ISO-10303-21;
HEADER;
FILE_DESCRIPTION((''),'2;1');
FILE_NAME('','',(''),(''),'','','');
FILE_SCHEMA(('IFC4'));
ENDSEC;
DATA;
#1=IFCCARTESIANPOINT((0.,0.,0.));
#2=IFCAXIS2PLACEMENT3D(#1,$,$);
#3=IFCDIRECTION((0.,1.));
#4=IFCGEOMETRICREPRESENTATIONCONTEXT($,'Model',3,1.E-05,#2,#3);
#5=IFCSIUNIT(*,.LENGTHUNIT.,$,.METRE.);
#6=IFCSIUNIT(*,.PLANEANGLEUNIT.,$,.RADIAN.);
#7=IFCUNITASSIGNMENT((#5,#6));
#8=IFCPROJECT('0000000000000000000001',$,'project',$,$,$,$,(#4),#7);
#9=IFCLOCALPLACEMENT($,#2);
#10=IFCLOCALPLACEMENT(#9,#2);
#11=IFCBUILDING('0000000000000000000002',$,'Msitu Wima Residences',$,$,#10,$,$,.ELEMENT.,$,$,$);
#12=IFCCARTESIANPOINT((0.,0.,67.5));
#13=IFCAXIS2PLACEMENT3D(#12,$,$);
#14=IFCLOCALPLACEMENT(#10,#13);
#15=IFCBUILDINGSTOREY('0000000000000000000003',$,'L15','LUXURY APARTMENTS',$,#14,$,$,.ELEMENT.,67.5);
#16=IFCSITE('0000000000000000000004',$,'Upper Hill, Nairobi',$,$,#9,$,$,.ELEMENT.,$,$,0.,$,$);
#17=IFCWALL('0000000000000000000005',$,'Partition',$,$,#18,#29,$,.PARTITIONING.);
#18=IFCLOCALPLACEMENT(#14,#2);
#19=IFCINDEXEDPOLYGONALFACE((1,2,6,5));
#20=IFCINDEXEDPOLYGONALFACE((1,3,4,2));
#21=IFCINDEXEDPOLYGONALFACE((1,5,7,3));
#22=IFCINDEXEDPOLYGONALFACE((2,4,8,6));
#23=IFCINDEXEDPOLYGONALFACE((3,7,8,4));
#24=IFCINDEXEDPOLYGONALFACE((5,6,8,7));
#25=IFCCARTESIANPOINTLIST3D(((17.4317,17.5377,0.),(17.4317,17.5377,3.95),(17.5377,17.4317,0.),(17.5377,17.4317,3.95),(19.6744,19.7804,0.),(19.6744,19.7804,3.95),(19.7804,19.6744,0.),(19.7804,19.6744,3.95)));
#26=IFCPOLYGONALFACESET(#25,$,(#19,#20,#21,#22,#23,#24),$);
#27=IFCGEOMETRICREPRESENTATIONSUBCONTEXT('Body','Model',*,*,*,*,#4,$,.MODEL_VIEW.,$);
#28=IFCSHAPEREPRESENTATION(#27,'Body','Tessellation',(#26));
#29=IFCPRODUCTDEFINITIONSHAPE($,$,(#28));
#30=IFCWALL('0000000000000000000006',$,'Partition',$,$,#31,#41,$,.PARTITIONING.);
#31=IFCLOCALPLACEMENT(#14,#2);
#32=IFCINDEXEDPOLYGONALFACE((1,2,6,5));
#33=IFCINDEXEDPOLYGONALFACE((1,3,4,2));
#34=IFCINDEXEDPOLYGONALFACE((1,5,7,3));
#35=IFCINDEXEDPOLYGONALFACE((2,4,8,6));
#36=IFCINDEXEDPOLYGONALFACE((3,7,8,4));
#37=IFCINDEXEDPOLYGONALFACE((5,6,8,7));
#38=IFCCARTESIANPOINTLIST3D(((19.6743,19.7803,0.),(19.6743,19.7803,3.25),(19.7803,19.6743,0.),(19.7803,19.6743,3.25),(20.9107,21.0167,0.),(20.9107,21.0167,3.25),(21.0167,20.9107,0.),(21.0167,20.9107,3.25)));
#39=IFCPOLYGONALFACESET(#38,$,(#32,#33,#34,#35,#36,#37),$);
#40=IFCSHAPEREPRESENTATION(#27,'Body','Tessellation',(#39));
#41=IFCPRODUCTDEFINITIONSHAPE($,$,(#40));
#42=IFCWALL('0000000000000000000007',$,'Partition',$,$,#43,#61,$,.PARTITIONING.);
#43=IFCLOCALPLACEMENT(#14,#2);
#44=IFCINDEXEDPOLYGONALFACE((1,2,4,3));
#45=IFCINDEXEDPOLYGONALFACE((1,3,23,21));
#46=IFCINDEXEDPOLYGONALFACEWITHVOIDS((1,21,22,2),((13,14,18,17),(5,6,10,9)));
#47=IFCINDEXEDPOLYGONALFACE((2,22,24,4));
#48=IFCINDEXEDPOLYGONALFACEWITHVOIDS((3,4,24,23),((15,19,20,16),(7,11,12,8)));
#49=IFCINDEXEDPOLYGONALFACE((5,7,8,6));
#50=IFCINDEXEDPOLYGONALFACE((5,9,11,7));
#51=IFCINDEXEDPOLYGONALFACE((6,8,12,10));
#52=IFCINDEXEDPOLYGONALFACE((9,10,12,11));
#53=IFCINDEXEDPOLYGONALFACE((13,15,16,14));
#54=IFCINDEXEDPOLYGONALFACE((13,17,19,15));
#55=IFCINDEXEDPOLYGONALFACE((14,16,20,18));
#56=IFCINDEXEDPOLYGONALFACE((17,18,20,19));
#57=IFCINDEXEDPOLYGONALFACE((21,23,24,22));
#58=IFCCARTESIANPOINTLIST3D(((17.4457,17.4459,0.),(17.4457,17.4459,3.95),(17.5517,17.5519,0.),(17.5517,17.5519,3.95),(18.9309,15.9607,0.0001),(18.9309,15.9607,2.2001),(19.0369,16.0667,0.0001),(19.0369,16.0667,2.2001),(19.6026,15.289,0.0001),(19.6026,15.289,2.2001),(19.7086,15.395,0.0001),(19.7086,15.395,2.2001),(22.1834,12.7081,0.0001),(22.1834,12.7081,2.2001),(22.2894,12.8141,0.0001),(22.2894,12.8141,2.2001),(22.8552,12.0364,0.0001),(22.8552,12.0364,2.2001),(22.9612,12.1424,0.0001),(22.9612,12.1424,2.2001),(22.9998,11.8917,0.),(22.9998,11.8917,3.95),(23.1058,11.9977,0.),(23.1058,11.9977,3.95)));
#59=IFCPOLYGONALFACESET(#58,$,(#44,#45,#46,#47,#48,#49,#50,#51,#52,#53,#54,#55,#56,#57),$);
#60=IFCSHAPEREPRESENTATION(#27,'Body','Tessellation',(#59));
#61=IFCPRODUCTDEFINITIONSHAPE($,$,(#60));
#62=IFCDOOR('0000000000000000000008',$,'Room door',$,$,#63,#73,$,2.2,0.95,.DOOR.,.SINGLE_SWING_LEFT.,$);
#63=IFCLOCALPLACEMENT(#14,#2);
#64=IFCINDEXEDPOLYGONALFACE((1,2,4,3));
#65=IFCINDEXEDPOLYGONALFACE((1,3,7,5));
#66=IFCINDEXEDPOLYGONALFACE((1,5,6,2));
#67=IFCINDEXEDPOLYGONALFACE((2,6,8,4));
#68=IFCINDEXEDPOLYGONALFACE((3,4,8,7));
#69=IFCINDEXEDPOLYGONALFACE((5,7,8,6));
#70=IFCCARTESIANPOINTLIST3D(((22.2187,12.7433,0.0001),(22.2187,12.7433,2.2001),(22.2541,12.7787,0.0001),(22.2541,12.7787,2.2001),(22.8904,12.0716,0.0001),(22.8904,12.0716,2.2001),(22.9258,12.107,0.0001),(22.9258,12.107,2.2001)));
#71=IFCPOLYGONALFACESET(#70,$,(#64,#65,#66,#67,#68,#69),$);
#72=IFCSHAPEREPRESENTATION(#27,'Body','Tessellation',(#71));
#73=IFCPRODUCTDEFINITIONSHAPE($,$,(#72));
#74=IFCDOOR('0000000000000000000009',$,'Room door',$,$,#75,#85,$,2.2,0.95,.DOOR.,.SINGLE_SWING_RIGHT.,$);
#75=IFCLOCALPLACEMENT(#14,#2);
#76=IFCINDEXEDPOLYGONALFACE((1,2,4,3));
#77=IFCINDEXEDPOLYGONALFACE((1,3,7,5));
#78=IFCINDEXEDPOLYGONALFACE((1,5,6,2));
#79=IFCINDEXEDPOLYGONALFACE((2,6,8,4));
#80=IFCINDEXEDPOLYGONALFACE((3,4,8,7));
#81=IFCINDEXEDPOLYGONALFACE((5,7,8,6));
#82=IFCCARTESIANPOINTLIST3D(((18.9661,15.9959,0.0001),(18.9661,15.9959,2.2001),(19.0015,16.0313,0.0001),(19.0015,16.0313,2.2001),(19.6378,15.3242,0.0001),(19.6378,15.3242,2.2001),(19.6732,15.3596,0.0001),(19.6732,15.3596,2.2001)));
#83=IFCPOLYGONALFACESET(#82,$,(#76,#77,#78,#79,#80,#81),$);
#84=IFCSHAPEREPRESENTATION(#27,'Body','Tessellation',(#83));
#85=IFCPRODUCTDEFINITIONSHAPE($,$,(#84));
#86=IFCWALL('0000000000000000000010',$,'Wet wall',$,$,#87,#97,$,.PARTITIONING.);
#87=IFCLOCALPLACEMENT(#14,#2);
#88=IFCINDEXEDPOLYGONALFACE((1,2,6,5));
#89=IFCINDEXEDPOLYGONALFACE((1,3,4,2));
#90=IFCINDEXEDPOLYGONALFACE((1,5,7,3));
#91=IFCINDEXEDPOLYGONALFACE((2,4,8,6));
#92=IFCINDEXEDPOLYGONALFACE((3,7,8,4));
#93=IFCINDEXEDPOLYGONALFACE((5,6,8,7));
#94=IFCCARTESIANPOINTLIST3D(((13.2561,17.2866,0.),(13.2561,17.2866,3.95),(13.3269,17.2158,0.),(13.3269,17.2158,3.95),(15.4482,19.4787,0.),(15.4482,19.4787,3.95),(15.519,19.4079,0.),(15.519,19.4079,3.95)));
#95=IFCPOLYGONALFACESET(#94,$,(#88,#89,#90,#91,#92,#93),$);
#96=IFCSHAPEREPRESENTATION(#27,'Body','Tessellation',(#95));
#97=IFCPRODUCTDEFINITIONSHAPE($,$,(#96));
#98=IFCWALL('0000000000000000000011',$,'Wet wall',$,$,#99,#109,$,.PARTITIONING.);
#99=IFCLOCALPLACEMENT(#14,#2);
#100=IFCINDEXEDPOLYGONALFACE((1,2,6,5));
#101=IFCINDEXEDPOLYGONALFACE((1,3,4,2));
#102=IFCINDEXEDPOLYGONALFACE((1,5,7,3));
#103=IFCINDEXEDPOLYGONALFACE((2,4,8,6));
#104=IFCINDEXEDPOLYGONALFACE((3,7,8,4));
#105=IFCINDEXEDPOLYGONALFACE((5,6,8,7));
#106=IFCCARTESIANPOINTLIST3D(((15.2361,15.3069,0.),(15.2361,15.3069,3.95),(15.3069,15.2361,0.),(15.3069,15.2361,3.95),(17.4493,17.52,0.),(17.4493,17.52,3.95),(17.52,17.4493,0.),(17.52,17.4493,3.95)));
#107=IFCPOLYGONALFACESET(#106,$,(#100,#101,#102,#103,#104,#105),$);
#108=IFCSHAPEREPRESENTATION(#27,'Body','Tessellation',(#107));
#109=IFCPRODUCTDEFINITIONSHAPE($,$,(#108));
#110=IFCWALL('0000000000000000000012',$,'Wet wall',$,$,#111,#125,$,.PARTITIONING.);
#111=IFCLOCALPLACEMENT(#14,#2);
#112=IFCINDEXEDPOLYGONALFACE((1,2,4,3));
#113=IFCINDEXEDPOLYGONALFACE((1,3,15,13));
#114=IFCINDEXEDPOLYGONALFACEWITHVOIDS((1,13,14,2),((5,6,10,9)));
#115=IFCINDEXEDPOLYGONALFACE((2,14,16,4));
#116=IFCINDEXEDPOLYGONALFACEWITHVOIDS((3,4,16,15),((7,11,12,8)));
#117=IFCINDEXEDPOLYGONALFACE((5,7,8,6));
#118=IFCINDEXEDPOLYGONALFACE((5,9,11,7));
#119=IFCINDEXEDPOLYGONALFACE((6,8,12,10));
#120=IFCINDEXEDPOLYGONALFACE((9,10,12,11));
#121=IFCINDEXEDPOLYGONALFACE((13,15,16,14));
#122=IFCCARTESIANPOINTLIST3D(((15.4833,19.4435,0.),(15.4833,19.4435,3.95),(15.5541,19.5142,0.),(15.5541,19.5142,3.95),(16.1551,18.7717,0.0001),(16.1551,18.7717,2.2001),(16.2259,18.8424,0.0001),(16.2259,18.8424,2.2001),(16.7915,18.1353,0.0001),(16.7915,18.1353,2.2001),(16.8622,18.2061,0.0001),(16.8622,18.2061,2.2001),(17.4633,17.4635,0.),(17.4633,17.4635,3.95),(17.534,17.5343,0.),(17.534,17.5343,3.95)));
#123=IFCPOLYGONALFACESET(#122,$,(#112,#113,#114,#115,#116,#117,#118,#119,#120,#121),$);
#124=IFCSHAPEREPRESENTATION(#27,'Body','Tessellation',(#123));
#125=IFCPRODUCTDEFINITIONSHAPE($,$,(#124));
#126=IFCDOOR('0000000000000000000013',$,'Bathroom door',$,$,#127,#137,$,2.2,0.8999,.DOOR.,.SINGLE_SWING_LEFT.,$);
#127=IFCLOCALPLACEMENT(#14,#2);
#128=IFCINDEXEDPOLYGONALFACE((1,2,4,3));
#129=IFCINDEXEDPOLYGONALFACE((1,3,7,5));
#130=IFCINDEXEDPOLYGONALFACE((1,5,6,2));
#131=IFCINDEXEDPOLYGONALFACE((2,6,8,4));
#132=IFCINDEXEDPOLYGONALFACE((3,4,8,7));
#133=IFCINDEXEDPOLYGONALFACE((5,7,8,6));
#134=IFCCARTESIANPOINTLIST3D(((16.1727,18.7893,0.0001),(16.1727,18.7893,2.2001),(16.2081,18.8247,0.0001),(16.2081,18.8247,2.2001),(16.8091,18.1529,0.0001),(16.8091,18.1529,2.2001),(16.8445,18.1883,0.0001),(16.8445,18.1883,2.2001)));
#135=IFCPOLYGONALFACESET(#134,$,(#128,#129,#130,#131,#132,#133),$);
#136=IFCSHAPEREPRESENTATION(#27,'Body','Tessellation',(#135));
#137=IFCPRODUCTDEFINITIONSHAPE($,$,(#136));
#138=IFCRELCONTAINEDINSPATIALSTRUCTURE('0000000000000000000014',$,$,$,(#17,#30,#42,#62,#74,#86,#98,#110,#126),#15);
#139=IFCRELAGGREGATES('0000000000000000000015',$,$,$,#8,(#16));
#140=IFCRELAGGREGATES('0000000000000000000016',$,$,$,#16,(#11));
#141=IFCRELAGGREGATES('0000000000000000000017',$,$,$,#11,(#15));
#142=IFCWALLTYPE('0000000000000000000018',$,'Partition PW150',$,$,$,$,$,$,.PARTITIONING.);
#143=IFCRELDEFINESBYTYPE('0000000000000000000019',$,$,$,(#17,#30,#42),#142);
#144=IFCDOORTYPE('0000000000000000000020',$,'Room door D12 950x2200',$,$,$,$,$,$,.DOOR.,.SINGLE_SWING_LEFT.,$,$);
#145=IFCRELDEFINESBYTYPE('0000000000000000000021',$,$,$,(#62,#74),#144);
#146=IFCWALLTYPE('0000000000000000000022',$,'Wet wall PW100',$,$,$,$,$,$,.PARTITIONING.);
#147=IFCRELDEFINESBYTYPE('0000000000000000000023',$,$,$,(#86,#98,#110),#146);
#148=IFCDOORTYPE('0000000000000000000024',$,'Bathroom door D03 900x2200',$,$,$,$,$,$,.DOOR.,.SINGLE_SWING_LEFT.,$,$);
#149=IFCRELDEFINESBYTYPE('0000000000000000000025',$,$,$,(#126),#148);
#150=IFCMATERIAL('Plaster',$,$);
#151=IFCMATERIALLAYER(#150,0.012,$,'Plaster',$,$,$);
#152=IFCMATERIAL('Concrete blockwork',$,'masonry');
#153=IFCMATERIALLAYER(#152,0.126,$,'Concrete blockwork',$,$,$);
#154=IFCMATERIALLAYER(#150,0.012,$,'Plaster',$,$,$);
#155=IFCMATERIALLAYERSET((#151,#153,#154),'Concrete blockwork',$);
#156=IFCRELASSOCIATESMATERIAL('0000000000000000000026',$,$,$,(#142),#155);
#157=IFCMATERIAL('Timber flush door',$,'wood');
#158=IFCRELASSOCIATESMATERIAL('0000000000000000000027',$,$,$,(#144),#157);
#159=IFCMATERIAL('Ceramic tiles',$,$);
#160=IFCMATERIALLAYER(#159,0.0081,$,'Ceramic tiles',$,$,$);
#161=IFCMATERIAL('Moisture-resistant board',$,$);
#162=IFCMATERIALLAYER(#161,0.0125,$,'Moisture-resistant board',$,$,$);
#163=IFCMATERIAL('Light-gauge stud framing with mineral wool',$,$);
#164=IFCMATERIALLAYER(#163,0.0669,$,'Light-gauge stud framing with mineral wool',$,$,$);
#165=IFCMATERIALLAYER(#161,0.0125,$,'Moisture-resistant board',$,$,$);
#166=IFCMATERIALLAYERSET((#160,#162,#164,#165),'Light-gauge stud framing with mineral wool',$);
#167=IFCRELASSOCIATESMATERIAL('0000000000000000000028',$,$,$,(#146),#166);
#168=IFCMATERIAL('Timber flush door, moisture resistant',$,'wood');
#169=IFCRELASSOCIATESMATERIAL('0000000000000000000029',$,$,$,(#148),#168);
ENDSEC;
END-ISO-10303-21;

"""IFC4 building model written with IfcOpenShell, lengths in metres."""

from ifc_helpers import new_model, si_unit, direction, frame, frame_2d, origin, place, context, subcontext, project, spatial, rectangle, extrude, material, layer, layer_set, type_object, element, fill, save


model = new_model("IFC4")

# Units and contexts
model_context = context("Model", 3, precision=1e-05, world=origin(), true_north=direction((0.0, 1.0)))
body_context = subcontext(model_context, "Body", "Model", "MODEL_VIEW")
ifc_project = project(units=[si_unit("LENGTHUNIT", "METRE"), si_unit("PLANEANGLEUNIT", "RADIAN")], contexts=[model_context])

# Site, building, storey
site_placement = place(None, origin())
site = spatial("IfcSite", under=ifc_project, at=site_placement, Name="Upper Hill, Nairobi", CompositionType="ELEMENT", RefElevation=0.0)
building_placement = place(site_placement, origin())
building = spatial("IfcBuilding", under=site, at=building_placement, Name="Msitu Wima Residences", CompositionType="ELEMENT")
storey_placement = place(building_placement, frame((0.0, 0.0, 67.5)))
storey = spatial("IfcBuildingStorey", under=building, at=storey_placement, Name="L15", Description="LUXURY APARTMENTS", CompositionType="ELEMENT", Elevation=67.5)

# Walls
ifc_material_1 = material(Name="Plaster")
ifc_layer_1 = layer(ifc_material_1, 0.012, Name="Plaster")
ifc_material_2 = material(Name="Concrete blockwork", Category="masonry")
ifc_layer_2 = layer(ifc_material_2, 0.126, Name="Concrete blockwork")
ifc_layer_3 = layer(ifc_material_1, 0.012, Name="Plaster")
ifc_layer_set_1 = layer_set([ifc_layer_1, ifc_layer_2, ifc_layer_3], Name="Concrete blockwork")
wall_type_1 = type_object("IfcWallType", Name="Partition PW150", PredefinedType="PARTITIONING", material=ifc_layer_set_1)
wall_1_placement = place(storey_placement, frame((17.4846, 17.4846, 0.0), z_axis=(0.0, 0.0, 1.0), x_axis=(0.707107, 0.707107, 0.0)))
element("IfcWall", 1, at=wall_1_placement, inside=storey, type_object=wall_type_1, Name="Partition", PredefinedType="PARTITIONING", context=body_context, shape_type="SweptSolid", body=[
    extrude(rectangle(XDim=3.1716, YDim=0.1499, at=frame_2d((1.5859, 0.0))), origin(), (0.0, 0.0, 1.0), 3.95),
])
wall_2_placement = place(storey_placement, frame((19.7273, 19.7273, 0.0), z_axis=(0.0, 0.0, 1.0), x_axis=(0.707107, 0.707107, 0.0)))
element("IfcWall", 2, at=wall_2_placement, inside=storey, type_object=wall_type_1, Name="Partition", PredefinedType="PARTITIONING", context=body_context, shape_type="SweptSolid", body=[
    extrude(rectangle(XDim=1.7485, YDim=0.1499, at=frame_2d((0.8743, 0.0))), origin(), (0.0, 0.0, 1.0), 3.25),
])

# Wall, openings, doors
wall_3_placement = place(storey_placement, frame((17.4988, 17.4988, 0.0), z_axis=(0.0, 0.0, 1.0), x_axis=(0.707107, -0.707107, 0.0)))
wall_3 = element("IfcWall", 3, at=wall_3_placement, inside=storey, type_object=wall_type_1, Name="Partition", PredefinedType="PARTITIONING", context=body_context, shape_type="SweptSolid", body=[
    extrude(rectangle(XDim=7.8547, YDim=0.1499, at=frame_2d((3.9272, 0.0))), origin(), (0.0, 0.0, 1.0), 3.95),
])
opening_1_placement = place(wall_3_placement, frame((6.7, 0.0, 0.0)))
opening_1 = element("IfcOpeningElement", 4, at=opening_1_placement, cuts=wall_3, PredefinedType="OPENING", context=body_context, shape_type="SweptSolid", body=[
    extrude(rectangle(XDim=0.95, YDim=2.2, at=frame_2d((0.4751, 1.1001))), frame((0.0, 0.085, 0.0), z_axis=(0.0, -1.0, 0.0), x_axis=(1.0, 0.0, 0.0)), (0.0, 0.0, 1.0), 0.1699),
])
opening_2_placement = place(wall_3_placement, frame((2.1001, 0.0, 0.0)))
opening_2 = element("IfcOpeningElement", 5, at=opening_2_placement, cuts=wall_3, PredefinedType="OPENING", context=body_context, shape_type="SweptSolid", body=[
    extrude(rectangle(XDim=0.95, YDim=2.2, at=frame_2d((0.4751, 1.1001))), frame((0.0, 0.085, 0.0), z_axis=(0.0, -1.0, 0.0), x_axis=(1.0, 0.0, 0.0)), (0.0, 0.0, 1.0), 0.1699),
])
ifc_material_3 = material(Name="Timber flush door", Category="wood")
door_type_1 = type_object("IfcDoorType", Name="Room door D12 950x2200", OperationType="SINGLE_SWING_LEFT", PredefinedType="DOOR", material=ifc_material_3)
door_1_placement = place(opening_1_placement, origin())
door_1 = element("IfcDoor", 6, at=door_1_placement, inside=storey, type_object=door_type_1, Name="Room door", OperationType="SINGLE_SWING_LEFT", OverallHeight=2.2, OverallWidth=0.95, PredefinedType="DOOR", context=body_context, shape_type="SweptSolid", body=[
    extrude(rectangle(XDim=0.95, YDim=2.2, at=frame_2d((0.4751, 1.1001))), frame((0.0, 0.0249, 0.0), z_axis=(0.0, -1.0, 0.0), x_axis=(1.0, 0.0, 0.0)), (0.0, 0.0, 1.0), 0.05),
])
fill(opening_1, door_1)
door_2_placement = place(opening_2_placement, origin())
door_2 = element("IfcDoor", 7, at=door_2_placement, inside=storey, type_object=door_type_1, Name="Room door", OperationType="SINGLE_SWING_RIGHT", OverallHeight=2.2, OverallWidth=0.95, PredefinedType="DOOR", context=body_context, shape_type="SweptSolid", body=[
    extrude(rectangle(XDim=0.95, YDim=2.2, at=frame_2d((0.4751, 1.1001))), frame((0.0, 0.0249, 0.0), z_axis=(0.0, -1.0, 0.0), x_axis=(1.0, 0.0, 0.0)), (0.0, 0.0, 1.0), 0.05),
])
fill(opening_2, door_2)

# Walls
ifc_material_4 = material(Name="Ceramic tiles")
ifc_layer_4 = layer(ifc_material_4, 0.0081, Name="Ceramic tiles")
ifc_material_5 = material(Name="Moisture-resistant board")
ifc_layer_5 = layer(ifc_material_5, 0.0125, Name="Moisture-resistant board")
ifc_material_6 = material(Name="Light-gauge stud framing with mineral wool")
ifc_layer_6 = layer(ifc_material_6, 0.0669, Name="Light-gauge stud framing with mineral wool")
ifc_layer_7 = layer(ifc_material_5, 0.0125, Name="Moisture-resistant board")
ifc_layer_set_2 = layer_set([ifc_layer_4, ifc_layer_5, ifc_layer_6, ifc_layer_7], Name="Light-gauge stud framing with mineral wool")
wall_type_2 = type_object("IfcWallType", Name="Wet wall PW100", PredefinedType="PARTITIONING", material=ifc_layer_set_2)
wall_4_placement = place(storey_placement, frame((13.2915, 17.2512, 0.0), z_axis=(0.0, 0.0, 1.0), x_axis=(0.707107, 0.707107, 0.0)))
element("IfcWall", 8, at=wall_4_placement, inside=storey, type_object=wall_type_2, Name="Wet wall", PredefinedType="PARTITIONING", context=body_context, shape_type="SweptSolid", body=[
    extrude(rectangle(XDim=3.1001, YDim=0.1001, at=frame_2d((1.55, 0.0))), origin(), (0.0, 0.0, 1.0), 3.95),
])
wall_5_placement = place(storey_placement, frame((15.2715, 15.2715, 0.0), z_axis=(0.0, 0.0, 1.0), x_axis=(0.707107, 0.707107, 0.0)))
element("IfcWall", 9, at=wall_5_placement, inside=storey, type_object=wall_type_2, Name="Wet wall", PredefinedType="PARTITIONING", context=body_context, shape_type="SweptSolid", body=[
    extrude(rectangle(XDim=3.1299, YDim=0.1001, at=frame_2d((1.5649, 0.0))), origin(), (0.0, 0.0, 1.0), 3.95),
])

# Wall, opening, door
wall_6_placement = place(storey_placement, frame((15.5188, 19.4788, 0.0), z_axis=(0.0, 0.0, 1.0), x_axis=(0.707107, -0.707107, 0.0)))
wall_6 = element("IfcWall", 10, at=wall_6_placement, inside=storey, type_object=wall_type_2, Name="Wet wall", PredefinedType="PARTITIONING", context=body_context, shape_type="SweptSolid", body=[
    extrude(rectangle(XDim=2.8, YDim=0.1001, at=frame_2d((1.3999, 0.0))), origin(), (0.0, 0.0, 1.0), 3.95),
])
opening_3_placement = place(wall_6_placement, frame((0.95, 0.0, 0.0)))
opening_3 = element("IfcOpeningElement", 11, at=opening_3_placement, cuts=wall_6, PredefinedType="OPENING", context=body_context, shape_type="SweptSolid", body=[
    extrude(rectangle(XDim=0.8999, YDim=2.2, at=frame_2d((0.45, 1.1001))), frame((0.0, 0.0601, 0.0), z_axis=(0.0, -1.0, 0.0), x_axis=(1.0, 0.0, 0.0)), (0.0, 0.0, 1.0), 0.1201),
])
ifc_material_7 = material(Name="Timber flush door, moisture resistant", Category="wood")
door_type_2 = type_object("IfcDoorType", Name="Bathroom door D03 900x2200", OperationType="SINGLE_SWING_LEFT", PredefinedType="DOOR", material=ifc_material_7)
door_3_placement = place(opening_3_placement, origin())
door_3 = element("IfcDoor", 12, at=door_3_placement, inside=storey, type_object=door_type_2, Name="Bathroom door", OperationType="SINGLE_SWING_LEFT", OverallHeight=2.2, OverallWidth=0.8999, PredefinedType="DOOR", context=body_context, shape_type="SweptSolid", body=[
    extrude(rectangle(XDim=0.8999, YDim=2.2, at=frame_2d((0.45, 1.1001))), frame((0.0, 0.0249, 0.0), z_axis=(0.0, -1.0, 0.0), x_axis=(1.0, 0.0, 0.0)), (0.0, 0.0, 1.0), 0.05),
])
fill(opening_3, door_3)

save(model, "model.ifc")
